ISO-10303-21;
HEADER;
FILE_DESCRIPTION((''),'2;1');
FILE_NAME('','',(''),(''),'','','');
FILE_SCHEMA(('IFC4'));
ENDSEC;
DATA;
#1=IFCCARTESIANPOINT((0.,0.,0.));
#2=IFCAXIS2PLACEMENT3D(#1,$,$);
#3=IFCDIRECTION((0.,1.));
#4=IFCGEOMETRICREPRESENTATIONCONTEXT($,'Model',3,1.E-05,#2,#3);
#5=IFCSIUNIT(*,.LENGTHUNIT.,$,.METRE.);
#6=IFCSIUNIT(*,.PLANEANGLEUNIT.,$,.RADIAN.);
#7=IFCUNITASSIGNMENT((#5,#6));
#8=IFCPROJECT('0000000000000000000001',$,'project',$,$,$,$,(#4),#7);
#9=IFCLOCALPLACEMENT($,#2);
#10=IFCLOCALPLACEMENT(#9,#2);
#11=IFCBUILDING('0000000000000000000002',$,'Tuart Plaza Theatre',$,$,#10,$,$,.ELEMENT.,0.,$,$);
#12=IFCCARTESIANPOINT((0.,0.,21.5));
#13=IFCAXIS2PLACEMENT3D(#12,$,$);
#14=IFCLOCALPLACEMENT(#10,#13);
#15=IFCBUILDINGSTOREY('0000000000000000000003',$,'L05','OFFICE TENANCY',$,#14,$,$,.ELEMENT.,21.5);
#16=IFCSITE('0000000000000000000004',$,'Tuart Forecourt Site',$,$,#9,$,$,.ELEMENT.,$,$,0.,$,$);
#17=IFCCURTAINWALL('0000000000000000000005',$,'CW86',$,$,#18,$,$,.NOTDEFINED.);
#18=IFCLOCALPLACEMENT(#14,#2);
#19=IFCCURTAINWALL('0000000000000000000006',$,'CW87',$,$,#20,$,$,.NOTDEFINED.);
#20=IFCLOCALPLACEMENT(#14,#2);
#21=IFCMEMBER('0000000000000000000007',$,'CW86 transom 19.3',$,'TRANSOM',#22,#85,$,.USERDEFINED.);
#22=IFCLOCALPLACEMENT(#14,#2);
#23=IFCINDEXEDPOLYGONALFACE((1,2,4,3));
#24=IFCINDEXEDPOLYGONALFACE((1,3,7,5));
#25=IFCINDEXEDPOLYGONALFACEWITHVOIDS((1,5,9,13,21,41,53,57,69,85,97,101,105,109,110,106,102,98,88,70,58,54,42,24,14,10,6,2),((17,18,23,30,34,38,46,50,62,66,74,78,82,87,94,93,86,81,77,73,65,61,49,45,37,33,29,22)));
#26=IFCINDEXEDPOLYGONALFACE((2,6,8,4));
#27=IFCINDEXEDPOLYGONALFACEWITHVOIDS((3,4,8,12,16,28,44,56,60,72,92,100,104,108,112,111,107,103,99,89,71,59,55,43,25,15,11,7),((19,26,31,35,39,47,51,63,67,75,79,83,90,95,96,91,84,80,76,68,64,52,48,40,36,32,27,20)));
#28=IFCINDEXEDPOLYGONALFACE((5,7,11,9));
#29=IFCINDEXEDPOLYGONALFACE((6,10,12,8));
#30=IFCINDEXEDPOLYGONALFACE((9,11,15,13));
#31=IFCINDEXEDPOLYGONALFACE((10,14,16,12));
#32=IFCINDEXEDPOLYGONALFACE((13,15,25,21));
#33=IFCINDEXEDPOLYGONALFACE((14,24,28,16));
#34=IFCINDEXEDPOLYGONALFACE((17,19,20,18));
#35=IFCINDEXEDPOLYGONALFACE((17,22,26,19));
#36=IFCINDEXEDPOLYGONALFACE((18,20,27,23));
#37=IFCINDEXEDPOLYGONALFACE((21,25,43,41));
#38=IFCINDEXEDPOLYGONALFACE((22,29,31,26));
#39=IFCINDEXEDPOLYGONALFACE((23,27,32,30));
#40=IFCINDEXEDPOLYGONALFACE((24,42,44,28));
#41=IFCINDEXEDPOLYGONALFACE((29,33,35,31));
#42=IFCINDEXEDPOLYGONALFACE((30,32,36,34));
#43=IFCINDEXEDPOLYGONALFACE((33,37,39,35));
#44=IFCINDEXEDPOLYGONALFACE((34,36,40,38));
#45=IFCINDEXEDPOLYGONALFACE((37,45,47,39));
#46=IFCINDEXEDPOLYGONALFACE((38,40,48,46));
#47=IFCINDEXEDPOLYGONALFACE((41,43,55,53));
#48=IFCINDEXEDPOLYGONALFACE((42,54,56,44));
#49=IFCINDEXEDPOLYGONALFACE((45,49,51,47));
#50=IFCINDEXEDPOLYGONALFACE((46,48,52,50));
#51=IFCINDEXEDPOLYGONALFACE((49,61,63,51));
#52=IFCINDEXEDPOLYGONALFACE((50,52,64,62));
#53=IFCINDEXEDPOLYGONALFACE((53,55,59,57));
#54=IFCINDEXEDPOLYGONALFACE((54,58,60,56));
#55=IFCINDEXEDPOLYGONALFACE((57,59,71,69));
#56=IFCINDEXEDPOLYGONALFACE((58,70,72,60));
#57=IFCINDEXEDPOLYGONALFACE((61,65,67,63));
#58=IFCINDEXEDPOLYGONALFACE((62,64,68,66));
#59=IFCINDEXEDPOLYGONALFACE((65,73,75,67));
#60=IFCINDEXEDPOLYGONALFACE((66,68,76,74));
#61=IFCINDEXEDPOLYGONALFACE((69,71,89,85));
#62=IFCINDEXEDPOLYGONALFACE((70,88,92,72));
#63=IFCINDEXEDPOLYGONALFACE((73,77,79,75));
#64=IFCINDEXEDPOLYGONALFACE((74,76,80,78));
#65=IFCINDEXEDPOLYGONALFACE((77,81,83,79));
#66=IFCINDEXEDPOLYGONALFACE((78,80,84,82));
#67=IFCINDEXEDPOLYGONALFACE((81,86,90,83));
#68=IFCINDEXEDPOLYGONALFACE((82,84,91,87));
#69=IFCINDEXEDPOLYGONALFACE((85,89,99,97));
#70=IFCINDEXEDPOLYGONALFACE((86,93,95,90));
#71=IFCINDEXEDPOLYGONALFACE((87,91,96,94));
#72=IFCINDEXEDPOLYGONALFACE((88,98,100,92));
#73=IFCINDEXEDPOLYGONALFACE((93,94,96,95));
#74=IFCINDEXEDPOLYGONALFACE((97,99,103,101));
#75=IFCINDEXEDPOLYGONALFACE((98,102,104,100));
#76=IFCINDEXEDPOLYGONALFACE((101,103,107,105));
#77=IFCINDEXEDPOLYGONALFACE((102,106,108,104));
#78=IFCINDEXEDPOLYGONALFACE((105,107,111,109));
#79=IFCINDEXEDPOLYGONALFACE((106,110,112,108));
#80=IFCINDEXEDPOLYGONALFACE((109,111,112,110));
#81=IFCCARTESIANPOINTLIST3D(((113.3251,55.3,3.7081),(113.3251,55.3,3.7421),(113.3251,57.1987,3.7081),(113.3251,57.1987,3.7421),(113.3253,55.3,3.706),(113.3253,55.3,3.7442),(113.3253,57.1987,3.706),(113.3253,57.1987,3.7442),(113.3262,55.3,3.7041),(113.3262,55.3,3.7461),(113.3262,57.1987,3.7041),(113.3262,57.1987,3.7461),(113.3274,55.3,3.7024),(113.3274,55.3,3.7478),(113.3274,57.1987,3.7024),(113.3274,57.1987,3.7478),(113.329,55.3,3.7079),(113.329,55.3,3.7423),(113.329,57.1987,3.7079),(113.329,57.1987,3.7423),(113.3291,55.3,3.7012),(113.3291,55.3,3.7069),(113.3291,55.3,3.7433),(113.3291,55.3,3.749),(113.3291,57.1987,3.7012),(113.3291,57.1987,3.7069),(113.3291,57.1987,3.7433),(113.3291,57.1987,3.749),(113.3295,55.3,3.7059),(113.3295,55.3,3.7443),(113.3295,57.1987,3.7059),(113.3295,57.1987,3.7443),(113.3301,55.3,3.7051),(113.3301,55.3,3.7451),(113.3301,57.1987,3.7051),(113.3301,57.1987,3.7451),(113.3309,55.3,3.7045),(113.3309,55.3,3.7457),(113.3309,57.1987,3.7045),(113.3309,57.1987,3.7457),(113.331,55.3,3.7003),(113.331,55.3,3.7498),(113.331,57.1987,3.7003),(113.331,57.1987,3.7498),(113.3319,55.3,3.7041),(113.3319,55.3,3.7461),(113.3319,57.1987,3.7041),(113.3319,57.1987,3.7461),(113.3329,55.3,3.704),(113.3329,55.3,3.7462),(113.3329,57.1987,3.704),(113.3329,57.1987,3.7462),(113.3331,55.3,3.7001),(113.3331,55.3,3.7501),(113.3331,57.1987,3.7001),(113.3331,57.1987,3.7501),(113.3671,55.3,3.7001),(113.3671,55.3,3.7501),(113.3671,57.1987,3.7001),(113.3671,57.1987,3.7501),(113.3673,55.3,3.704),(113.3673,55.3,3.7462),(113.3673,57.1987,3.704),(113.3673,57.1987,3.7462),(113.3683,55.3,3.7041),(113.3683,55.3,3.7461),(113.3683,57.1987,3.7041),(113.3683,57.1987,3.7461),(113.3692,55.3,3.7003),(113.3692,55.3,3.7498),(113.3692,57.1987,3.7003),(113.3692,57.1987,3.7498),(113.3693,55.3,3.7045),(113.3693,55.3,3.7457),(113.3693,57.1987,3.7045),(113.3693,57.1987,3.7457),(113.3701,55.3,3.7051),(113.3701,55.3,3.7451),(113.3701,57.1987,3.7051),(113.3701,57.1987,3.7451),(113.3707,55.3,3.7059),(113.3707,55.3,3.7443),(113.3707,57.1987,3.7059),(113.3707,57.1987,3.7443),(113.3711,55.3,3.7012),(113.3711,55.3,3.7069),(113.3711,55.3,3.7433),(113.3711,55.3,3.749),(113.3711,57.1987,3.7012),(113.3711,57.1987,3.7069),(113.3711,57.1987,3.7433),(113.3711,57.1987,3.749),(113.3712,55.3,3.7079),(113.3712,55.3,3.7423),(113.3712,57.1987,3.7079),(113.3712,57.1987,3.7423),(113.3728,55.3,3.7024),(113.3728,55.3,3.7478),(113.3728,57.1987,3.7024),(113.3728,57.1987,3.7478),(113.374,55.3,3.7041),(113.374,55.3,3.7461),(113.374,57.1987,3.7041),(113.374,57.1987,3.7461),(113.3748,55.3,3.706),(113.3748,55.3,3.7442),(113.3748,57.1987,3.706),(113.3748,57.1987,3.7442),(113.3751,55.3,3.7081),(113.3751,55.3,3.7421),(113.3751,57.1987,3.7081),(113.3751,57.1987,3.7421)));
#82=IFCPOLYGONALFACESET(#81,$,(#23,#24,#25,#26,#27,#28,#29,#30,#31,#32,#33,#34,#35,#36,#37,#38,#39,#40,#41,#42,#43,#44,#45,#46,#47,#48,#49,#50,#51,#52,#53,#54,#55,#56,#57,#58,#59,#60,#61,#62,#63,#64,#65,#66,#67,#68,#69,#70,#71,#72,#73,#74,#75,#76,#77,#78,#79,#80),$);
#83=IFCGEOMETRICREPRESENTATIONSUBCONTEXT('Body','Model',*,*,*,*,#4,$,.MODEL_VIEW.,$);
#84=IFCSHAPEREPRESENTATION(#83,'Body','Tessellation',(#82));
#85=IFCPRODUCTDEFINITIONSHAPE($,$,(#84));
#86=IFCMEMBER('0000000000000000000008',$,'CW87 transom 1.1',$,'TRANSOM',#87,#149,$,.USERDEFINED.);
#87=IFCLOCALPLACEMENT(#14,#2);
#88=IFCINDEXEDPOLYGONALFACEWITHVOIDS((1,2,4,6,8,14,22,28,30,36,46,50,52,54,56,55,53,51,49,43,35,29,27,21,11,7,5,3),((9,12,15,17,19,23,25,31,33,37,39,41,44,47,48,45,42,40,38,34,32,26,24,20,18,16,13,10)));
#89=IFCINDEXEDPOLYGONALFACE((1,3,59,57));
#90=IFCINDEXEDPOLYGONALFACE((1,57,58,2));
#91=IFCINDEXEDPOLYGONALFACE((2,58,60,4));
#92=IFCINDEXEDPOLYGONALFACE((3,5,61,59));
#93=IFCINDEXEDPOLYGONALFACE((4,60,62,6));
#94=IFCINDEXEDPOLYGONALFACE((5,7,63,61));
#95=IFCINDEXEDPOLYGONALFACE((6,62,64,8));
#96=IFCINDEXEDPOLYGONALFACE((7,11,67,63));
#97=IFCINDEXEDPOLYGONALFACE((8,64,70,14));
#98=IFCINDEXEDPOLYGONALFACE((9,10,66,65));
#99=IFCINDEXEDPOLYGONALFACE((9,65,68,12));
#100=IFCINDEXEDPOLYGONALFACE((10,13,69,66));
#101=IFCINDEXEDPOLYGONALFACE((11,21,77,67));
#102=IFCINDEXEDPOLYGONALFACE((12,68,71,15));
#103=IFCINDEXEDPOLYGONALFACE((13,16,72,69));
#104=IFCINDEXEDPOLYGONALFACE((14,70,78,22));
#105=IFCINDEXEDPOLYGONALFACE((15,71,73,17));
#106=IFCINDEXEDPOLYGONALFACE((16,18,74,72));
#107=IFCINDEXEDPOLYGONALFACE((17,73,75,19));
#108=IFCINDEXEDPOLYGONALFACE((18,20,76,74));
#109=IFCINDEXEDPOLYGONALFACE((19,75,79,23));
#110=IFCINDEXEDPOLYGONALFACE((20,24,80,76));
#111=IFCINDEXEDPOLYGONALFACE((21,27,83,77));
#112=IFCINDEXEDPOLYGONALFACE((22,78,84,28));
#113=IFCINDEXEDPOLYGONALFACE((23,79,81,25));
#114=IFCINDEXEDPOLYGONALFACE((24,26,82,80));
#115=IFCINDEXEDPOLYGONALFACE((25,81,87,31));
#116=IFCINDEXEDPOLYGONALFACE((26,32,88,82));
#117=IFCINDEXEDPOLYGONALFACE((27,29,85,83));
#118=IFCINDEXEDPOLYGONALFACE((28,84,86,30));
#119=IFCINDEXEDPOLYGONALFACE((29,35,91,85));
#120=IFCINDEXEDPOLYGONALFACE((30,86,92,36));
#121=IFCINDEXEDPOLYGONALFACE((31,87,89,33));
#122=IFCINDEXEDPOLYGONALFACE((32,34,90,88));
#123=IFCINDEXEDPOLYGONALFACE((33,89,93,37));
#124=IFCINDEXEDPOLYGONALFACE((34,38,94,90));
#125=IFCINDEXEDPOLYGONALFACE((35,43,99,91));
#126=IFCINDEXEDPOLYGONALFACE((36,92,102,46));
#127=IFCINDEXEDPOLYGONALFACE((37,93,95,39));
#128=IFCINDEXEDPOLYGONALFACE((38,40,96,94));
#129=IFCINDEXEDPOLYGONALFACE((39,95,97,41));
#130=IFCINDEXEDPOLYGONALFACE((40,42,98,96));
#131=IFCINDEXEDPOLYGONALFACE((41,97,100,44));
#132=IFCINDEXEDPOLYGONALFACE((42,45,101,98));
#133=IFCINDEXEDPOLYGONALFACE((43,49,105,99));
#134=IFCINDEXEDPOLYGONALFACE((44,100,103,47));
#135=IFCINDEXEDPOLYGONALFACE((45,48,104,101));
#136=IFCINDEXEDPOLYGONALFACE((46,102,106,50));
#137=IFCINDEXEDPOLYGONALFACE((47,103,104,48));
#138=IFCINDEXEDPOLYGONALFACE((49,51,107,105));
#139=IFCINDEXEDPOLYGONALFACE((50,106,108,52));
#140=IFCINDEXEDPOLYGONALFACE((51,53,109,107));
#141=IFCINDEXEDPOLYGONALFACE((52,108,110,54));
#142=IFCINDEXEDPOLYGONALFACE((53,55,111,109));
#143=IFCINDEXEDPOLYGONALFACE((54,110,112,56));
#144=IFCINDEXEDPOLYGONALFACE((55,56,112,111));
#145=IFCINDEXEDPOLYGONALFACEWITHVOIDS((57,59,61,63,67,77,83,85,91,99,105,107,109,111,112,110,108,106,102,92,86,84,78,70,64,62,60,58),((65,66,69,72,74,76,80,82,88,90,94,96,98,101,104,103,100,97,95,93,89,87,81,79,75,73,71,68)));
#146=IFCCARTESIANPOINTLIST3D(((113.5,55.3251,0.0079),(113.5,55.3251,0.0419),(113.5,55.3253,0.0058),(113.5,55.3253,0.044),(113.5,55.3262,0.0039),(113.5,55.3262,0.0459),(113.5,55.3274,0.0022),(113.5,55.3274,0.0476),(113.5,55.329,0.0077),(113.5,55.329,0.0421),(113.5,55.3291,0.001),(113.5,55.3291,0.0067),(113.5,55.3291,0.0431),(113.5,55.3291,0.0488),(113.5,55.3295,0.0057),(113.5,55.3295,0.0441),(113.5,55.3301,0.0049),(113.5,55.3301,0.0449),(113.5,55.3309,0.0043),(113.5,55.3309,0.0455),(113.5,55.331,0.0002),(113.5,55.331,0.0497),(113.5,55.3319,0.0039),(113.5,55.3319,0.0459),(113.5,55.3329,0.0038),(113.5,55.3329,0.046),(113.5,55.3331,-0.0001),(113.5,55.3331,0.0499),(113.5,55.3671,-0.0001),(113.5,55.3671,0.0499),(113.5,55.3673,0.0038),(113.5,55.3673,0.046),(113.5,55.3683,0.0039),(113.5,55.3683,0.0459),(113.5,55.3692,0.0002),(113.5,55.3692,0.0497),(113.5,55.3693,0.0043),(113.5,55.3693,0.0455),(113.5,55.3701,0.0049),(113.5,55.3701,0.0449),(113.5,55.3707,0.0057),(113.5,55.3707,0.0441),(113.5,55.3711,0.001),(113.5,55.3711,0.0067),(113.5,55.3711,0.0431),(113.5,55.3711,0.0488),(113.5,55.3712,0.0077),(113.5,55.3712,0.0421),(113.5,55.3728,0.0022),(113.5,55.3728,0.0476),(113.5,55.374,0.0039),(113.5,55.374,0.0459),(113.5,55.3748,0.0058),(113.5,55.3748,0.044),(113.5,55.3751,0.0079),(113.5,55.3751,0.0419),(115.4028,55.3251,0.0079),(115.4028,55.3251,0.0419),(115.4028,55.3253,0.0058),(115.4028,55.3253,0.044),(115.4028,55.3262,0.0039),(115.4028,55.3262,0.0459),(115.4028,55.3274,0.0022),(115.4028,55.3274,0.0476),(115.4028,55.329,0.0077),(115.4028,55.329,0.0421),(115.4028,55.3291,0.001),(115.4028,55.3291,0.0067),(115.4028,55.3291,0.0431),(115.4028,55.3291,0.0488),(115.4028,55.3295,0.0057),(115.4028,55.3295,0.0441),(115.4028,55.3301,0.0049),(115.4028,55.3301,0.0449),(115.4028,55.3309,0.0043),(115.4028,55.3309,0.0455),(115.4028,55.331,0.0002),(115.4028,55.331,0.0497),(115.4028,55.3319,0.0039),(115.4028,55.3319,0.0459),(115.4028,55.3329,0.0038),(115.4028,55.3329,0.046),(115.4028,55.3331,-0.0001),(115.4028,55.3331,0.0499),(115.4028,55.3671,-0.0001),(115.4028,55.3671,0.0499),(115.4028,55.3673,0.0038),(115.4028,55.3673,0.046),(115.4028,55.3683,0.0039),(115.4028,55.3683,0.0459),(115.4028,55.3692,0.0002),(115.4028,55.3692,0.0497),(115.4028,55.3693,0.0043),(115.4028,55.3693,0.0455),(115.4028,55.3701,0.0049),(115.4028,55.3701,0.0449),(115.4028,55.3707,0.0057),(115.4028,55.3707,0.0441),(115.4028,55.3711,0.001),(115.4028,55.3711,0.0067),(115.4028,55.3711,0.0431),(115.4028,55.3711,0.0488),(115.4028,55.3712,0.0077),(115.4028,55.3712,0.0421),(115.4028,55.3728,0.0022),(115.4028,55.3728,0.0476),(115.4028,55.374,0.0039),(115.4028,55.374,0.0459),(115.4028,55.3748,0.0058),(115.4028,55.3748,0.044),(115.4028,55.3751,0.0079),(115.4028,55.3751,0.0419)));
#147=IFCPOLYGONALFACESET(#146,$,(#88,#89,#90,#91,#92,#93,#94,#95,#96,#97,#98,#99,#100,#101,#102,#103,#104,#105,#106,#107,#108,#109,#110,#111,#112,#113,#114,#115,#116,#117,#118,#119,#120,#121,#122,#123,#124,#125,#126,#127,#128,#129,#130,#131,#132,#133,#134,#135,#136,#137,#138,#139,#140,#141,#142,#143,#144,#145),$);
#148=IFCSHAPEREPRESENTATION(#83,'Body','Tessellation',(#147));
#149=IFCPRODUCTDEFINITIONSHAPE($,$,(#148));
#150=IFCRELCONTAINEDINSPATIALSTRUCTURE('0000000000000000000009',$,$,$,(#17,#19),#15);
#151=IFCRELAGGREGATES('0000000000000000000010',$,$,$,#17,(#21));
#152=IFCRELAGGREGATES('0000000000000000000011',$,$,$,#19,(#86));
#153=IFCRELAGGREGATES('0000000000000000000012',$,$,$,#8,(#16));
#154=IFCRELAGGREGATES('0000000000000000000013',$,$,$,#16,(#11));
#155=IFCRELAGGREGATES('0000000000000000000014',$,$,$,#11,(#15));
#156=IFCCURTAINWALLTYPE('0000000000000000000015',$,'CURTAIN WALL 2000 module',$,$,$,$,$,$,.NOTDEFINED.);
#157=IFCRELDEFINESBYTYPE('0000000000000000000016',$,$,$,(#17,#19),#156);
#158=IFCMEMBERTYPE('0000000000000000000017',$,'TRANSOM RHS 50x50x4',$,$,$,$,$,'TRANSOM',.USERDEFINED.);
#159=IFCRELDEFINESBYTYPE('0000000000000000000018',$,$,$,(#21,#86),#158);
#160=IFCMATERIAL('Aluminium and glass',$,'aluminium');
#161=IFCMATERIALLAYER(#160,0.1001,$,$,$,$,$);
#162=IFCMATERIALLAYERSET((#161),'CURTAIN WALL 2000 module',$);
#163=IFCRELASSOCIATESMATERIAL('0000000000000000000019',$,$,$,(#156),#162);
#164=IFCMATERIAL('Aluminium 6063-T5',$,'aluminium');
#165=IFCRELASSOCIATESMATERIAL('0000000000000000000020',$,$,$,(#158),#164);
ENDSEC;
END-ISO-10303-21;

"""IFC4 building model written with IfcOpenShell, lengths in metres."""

from ifc_helpers import new_model, si_unit, direction, frame, origin, origin_2d, place, context, subcontext, project, spatial, hollow_rectangle, extrude, material, layer, layer_set, material_profile, profile_set, type_object, element, aggregate, save


model = new_model("IFC4")

# Units and contexts
model_context = context("Model", 3, precision=1e-05, world=origin(), true_north=direction((0.0, 1.0)))
body_context = subcontext(model_context, "Body", "Model", "MODEL_VIEW")
ifc_project = project(units=[si_unit("LENGTHUNIT", "METRE"), si_unit("PLANEANGLEUNIT", "RADIAN")], contexts=[model_context])

# Site, building, storey
site_placement = place(None, origin())
site = spatial("IfcSite", under=ifc_project, at=site_placement, Name="Tuart Forecourt Site", CompositionType="ELEMENT", RefElevation=0.0)
building_placement = place(site_placement, origin())
building = spatial("IfcBuilding", under=site, at=building_placement, Name="Tuart Plaza Theatre", CompositionType="ELEMENT", ElevationOfRefHeight=0.0)
storey_placement = place(building_placement, frame((0.0, 0.0, 21.5)))
storey = spatial("IfcBuildingStorey", under=building, at=storey_placement, Name="L05", Description="OFFICE TENANCY", CompositionType="ELEMENT", Elevation=21.5)

# Curtain walls
ifc_material_1 = material(Name="Aluminium and glass", Category="aluminium")
ifc_layer_1 = layer(ifc_material_1, 0.1001)
ifc_layer_set_1 = layer_set([ifc_layer_1], Name="CURTAIN WALL 2000 module")
curtain_wall_type = type_object("IfcCurtainWallType", Name="CURTAIN WALL 2000 module", PredefinedType="NOTDEFINED", material=ifc_layer_set_1)
curtain_wall_1_placement = place(storey_placement, origin())
curtain_wall_1 = element("IfcCurtainWall", 1, at=curtain_wall_1_placement, inside=storey, type_object=curtain_wall_type, Name="CW86", PredefinedType="NOTDEFINED")
curtain_wall_2_placement = place(storey_placement, origin())
curtain_wall_2 = element("IfcCurtainWall", 2, at=curtain_wall_2_placement, inside=storey, type_object=curtain_wall_type, Name="CW87", PredefinedType="NOTDEFINED")

# Members
ifc_material_2 = material(Name="Aluminium 6063-T5", Category="aluminium")
ifc_material_profile_1 = material_profile(ifc_material_2, hollow_rectangle(XDim=0.05, YDim=0.05, WallThickness=0.0039, InnerFilletRadius=0.0039, OuterFilletRadius=0.0081, at=origin_2d()), Name="RHS 50x50x4")
ifc_profile_set_1 = profile_set([ifc_material_profile_1], Name="Aluminium 6063-T5")
member_type_1 = type_object("IfcMemberType", Name="TRANSOM RHS 50x50x4", ElementType="TRANSOM", PredefinedType="USERDEFINED", material=ifc_profile_set_1)
member_1_placement = place(storey_placement, frame((113.3501, 57.1987, 3.7251), z_axis=(0.0, -1.0, 0.0), x_axis=(1.0, 0.0, 0.0)))
member_1 = element("IfcMember", 3, at=member_1_placement, type_object=member_type_1, Name="CW86 transom 19.3", ObjectType="TRANSOM", PredefinedType="USERDEFINED", context=body_context, shape_type="SweptSolid", body=[
    extrude(hollow_rectangle(XDim=0.05, YDim=0.05, WallThickness=0.0039, InnerFilletRadius=0.0039, OuterFilletRadius=0.0081, at=origin_2d()), origin(), (0.0, 0.0, 1.0), 1.8987),
])
member_2_placement = place(storey_placement, frame((113.5, 55.3501, 0.0249), z_axis=(1.0, 0.0, 0.0), x_axis=(0.0, 1.0, 0.0)))
member_2 = element("IfcMember", 4, at=member_2_placement, type_object=member_type_1, Name="CW87 transom 1.1", ObjectType="TRANSOM", PredefinedType="USERDEFINED", context=body_context, shape_type="SweptSolid", body=[
    extrude(hollow_rectangle(XDim=0.05, YDim=0.05, WallThickness=0.0039, InnerFilletRadius=0.0039, OuterFilletRadius=0.0081, at=origin_2d()), origin(), (0.0, 0.0, 1.0), 1.9028),
])

aggregate(curtain_wall_1, [member_1])
aggregate(curtain_wall_2, [member_2])

save(model, "model.ifc")
